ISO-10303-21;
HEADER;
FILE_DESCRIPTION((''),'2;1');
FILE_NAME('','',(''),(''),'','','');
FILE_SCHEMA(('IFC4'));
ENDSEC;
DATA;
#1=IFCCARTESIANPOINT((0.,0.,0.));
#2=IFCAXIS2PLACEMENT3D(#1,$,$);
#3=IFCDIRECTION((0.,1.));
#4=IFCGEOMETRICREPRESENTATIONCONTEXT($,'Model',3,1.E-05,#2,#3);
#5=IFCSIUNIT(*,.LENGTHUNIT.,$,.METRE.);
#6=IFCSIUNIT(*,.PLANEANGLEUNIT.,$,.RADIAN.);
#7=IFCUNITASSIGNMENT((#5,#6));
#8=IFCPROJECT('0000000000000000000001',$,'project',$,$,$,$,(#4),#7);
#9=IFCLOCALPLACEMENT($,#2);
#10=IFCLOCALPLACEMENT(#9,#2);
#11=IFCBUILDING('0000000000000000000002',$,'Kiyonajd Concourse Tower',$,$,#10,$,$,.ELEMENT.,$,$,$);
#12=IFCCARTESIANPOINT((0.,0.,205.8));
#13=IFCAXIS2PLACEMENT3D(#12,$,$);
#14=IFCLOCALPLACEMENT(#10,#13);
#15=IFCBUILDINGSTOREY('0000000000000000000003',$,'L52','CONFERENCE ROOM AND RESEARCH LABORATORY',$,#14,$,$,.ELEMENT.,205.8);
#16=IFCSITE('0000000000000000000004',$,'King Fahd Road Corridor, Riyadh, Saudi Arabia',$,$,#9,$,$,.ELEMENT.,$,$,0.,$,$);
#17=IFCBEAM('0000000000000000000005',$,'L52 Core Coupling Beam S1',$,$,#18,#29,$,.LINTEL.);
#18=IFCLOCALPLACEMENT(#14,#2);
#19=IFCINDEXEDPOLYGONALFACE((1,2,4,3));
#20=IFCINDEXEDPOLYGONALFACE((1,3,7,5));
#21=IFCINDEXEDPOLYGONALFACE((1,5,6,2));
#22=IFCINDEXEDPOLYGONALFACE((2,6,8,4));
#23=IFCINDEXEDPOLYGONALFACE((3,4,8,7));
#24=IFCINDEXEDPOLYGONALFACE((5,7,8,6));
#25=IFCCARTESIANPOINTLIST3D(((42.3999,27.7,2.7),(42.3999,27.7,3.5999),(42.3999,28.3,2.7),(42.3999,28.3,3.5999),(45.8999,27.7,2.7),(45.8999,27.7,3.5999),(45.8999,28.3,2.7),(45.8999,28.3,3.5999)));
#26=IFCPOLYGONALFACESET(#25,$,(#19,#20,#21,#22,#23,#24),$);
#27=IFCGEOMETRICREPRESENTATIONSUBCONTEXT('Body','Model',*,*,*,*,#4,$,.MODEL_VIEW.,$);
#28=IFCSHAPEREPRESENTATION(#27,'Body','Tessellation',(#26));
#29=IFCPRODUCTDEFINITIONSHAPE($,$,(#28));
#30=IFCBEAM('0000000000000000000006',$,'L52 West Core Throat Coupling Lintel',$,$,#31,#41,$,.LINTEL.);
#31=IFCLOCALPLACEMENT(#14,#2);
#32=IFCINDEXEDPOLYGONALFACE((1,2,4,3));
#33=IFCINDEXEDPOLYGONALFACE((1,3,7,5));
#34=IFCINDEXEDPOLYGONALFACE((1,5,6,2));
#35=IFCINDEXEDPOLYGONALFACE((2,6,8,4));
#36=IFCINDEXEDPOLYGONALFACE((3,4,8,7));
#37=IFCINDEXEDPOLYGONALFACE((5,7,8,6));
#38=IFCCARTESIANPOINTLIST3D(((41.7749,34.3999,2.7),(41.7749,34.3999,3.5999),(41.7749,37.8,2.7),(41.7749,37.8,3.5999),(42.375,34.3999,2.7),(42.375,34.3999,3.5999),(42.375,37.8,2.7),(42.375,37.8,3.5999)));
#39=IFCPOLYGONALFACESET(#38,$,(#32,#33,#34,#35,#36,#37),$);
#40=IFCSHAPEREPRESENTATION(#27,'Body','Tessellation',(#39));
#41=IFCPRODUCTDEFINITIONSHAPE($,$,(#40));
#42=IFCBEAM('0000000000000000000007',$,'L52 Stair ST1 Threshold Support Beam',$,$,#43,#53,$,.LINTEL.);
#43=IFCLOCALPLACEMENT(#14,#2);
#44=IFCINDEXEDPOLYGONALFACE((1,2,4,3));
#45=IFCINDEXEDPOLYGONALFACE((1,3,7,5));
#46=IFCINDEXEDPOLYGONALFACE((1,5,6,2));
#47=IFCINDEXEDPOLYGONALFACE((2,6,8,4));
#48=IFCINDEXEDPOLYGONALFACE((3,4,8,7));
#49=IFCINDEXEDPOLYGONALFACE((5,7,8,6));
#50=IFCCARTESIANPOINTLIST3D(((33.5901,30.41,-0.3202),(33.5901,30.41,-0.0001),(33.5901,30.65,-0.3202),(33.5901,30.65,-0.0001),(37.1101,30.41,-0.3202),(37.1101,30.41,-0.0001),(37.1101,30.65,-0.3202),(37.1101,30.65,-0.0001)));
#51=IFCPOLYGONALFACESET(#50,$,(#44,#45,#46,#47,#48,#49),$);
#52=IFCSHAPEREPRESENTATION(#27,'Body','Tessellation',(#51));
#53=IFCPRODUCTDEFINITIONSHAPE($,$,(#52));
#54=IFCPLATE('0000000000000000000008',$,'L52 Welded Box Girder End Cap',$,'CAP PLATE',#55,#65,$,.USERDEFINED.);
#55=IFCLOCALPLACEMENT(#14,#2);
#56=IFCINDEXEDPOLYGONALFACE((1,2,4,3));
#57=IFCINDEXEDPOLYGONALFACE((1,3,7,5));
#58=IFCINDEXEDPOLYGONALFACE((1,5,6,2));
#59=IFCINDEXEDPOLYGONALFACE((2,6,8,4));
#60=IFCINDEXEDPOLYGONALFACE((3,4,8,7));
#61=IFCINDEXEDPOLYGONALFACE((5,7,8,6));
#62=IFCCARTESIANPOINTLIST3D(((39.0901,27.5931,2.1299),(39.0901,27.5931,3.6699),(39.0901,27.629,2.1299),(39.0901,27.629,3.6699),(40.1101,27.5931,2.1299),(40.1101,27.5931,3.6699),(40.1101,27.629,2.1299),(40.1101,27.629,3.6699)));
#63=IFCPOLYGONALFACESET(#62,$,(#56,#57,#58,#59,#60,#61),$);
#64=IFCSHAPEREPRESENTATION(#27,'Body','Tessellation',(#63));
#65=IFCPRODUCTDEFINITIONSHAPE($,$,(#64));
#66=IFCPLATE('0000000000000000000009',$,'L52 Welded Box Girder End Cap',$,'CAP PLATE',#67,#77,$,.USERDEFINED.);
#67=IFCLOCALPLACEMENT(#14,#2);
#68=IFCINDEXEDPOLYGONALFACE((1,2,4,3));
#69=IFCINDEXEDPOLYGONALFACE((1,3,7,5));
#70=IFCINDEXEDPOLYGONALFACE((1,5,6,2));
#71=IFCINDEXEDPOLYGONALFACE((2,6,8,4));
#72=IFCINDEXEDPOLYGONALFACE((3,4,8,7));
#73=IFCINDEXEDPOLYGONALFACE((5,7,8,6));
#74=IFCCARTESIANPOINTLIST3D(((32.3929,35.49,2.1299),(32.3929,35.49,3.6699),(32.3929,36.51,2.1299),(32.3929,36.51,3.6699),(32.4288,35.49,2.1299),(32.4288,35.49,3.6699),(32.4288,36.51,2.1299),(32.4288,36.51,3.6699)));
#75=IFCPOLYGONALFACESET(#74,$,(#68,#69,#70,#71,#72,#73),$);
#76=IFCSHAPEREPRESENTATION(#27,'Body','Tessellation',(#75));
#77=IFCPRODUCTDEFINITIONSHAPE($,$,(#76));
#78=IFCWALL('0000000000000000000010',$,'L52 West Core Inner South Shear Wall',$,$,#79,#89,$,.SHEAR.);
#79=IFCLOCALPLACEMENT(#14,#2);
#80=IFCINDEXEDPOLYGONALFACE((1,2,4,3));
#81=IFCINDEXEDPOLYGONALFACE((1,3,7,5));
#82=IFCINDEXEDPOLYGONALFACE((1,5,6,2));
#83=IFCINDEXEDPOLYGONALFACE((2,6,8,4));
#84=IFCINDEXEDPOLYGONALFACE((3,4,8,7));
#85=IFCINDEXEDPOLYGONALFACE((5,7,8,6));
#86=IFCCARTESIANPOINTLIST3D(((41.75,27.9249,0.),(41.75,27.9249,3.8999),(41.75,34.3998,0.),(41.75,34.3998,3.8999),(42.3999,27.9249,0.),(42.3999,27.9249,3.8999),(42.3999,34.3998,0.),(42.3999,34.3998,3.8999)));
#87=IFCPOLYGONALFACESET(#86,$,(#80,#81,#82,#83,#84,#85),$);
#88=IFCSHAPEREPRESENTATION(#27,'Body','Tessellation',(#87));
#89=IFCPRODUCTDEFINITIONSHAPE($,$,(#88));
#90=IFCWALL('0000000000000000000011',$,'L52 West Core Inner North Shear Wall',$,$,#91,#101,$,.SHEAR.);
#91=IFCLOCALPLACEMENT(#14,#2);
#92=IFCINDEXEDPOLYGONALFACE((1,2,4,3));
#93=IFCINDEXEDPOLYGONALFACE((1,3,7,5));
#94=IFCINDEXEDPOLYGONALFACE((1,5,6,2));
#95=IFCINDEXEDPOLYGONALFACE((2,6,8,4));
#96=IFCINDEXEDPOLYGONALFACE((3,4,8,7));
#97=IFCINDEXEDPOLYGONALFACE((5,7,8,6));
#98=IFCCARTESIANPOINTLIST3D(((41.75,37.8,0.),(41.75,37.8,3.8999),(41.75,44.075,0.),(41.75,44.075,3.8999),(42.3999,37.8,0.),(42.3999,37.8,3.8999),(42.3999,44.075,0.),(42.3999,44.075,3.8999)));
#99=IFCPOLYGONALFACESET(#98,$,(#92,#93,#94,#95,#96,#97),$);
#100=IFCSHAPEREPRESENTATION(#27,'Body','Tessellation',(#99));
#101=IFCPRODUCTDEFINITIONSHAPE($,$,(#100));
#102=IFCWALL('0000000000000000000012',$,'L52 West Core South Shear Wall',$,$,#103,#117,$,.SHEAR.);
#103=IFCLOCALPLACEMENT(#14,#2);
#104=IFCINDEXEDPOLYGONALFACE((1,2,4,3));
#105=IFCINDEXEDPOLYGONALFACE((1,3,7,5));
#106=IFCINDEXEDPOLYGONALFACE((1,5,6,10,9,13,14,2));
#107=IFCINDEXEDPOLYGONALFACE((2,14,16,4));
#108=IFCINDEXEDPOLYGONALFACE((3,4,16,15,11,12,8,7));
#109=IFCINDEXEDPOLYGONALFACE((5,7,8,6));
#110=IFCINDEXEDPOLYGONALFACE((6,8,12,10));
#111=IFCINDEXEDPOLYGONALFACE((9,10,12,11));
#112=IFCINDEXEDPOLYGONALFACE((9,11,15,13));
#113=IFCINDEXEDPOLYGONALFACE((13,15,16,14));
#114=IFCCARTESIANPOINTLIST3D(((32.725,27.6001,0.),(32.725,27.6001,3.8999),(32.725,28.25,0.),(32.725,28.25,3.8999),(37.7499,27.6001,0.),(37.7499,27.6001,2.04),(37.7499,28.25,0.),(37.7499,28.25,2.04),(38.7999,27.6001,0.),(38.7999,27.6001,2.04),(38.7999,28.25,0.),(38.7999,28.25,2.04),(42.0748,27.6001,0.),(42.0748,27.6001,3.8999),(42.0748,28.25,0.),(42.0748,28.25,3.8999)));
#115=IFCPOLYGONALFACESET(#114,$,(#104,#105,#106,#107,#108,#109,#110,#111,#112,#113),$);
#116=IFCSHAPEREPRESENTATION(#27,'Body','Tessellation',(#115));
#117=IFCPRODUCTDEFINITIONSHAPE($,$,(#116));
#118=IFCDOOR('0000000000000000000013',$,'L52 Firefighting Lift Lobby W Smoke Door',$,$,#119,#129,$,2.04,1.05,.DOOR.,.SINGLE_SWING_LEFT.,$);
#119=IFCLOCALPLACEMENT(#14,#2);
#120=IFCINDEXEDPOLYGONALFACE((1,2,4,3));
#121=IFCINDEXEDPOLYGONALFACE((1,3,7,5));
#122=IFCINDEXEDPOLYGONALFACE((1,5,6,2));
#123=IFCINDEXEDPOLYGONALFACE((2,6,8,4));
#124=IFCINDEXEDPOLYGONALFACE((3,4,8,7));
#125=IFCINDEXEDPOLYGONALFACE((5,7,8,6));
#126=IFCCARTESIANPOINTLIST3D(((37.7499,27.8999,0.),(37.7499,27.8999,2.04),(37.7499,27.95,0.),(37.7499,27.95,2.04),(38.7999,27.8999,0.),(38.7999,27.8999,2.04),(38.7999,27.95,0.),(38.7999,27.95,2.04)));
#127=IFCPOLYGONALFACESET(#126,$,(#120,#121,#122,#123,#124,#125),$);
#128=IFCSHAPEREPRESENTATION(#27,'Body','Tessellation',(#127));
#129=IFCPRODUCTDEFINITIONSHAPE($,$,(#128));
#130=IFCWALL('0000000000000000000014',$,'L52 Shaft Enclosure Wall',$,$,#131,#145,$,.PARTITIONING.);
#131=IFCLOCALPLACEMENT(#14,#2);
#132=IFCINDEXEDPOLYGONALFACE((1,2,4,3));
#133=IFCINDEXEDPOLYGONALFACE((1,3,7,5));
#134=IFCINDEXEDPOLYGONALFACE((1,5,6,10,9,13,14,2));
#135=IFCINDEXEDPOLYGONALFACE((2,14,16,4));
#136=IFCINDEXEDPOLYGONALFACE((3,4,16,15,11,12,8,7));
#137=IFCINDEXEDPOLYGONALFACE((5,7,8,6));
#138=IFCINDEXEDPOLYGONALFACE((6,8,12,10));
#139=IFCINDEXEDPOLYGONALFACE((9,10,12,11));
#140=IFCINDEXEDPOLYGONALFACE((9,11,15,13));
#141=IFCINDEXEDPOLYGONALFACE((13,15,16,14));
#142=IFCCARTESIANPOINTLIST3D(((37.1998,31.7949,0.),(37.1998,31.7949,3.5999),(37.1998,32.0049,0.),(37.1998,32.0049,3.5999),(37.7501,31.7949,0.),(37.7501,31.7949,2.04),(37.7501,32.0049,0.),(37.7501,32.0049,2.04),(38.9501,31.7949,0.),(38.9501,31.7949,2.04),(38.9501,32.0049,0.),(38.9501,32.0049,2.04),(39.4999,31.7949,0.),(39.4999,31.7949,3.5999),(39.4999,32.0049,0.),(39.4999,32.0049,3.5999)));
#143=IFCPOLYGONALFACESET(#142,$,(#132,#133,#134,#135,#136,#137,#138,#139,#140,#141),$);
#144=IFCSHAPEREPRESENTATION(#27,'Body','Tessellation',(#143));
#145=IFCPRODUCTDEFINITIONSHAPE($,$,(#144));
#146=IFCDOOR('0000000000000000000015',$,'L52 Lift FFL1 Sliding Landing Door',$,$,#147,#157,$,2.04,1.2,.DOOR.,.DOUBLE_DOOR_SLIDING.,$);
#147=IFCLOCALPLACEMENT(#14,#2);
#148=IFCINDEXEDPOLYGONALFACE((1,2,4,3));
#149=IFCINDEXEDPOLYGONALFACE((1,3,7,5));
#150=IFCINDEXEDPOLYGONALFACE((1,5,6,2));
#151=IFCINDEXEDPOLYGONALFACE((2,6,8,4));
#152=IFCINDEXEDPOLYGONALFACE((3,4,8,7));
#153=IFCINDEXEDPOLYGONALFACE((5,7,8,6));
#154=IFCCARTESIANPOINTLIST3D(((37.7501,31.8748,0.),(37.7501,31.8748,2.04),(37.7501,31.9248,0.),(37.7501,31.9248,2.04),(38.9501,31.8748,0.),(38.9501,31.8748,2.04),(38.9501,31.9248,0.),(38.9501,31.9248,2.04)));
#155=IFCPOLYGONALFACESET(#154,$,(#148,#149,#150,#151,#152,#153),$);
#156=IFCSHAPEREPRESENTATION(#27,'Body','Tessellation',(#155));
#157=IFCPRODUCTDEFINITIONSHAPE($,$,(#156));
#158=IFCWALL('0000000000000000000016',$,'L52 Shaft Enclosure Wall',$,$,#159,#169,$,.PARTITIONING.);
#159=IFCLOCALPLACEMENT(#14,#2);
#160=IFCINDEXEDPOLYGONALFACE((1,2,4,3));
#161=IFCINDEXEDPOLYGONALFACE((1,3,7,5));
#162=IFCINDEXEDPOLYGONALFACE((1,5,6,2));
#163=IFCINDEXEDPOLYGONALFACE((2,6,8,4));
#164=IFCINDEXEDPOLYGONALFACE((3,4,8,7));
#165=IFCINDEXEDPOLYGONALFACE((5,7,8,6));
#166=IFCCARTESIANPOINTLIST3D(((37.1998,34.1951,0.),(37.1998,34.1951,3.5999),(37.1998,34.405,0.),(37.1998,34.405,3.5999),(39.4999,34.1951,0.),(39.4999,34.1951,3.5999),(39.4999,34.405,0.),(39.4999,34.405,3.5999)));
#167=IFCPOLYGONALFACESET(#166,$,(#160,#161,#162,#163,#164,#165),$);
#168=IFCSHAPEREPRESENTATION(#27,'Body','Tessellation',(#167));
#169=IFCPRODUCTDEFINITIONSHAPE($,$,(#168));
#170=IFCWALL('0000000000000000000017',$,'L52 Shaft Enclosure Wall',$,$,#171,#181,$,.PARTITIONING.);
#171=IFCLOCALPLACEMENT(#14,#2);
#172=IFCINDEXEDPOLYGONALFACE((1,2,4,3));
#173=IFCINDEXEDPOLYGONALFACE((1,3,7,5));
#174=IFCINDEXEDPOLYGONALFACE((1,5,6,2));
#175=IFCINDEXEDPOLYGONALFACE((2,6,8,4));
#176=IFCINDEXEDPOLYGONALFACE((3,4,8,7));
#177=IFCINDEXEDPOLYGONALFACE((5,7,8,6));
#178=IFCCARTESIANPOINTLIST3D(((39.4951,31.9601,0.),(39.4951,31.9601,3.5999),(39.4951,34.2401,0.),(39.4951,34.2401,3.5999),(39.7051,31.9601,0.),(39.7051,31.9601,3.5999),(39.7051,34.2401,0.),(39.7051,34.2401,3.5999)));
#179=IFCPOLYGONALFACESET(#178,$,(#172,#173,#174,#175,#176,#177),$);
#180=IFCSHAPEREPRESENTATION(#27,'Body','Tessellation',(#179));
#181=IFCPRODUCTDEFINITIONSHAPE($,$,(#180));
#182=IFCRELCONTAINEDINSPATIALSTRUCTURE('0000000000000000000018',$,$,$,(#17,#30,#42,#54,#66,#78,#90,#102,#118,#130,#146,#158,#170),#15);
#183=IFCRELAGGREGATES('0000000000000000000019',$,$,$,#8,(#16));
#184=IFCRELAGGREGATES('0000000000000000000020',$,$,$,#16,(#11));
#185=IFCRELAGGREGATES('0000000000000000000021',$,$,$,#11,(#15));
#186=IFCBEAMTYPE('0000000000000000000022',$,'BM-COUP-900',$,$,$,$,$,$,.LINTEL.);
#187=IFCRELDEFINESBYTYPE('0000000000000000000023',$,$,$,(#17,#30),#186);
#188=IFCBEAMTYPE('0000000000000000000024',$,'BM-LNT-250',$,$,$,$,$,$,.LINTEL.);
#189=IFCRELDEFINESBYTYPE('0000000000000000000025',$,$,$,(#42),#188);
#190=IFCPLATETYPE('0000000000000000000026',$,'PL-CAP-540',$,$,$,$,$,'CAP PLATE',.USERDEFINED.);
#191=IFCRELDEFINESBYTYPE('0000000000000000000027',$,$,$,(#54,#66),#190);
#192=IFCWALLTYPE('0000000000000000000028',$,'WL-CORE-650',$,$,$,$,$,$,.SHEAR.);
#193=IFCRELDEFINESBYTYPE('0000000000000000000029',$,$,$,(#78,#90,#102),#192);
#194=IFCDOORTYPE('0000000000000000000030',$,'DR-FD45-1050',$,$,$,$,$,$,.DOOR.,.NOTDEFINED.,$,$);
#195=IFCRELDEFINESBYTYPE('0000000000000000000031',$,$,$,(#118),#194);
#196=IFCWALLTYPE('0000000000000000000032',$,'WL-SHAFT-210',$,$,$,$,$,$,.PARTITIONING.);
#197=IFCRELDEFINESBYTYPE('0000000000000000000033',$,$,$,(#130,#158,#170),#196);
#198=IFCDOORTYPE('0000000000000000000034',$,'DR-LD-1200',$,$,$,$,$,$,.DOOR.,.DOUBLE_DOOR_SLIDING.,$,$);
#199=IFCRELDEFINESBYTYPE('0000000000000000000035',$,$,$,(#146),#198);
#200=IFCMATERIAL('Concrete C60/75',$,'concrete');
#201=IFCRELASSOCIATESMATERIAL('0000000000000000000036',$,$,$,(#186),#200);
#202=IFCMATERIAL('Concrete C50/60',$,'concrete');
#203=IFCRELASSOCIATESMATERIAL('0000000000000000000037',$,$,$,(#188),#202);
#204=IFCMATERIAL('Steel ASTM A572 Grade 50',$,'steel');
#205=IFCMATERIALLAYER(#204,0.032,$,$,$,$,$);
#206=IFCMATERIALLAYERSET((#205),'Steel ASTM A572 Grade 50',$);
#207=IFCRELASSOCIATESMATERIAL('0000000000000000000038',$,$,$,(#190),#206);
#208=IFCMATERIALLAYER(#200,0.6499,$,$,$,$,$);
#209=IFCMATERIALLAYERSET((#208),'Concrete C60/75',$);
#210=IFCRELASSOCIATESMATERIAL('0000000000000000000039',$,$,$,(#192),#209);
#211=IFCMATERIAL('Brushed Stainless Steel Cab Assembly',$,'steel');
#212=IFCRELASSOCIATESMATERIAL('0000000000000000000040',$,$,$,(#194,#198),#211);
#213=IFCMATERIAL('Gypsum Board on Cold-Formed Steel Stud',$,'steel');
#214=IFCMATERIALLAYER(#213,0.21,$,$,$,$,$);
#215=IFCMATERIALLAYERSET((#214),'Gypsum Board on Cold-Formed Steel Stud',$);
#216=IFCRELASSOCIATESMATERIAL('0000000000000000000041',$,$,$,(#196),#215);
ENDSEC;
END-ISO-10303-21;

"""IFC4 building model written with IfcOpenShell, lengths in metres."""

from ifc_helpers import new_model, si_unit, direction, frame, frame_2d, origin, origin_2d, place, context, subcontext, project, spatial, rectangle, extrude, material, layer, layer_set, material_profile, profile_set, type_object, element, fill, save


model = new_model("IFC4")

# Units and contexts
model_context = context("Model", 3, precision=1e-05, world=origin(), true_north=direction((0.0, 1.0)))
body_context = subcontext(model_context, "Body", "Model", "MODEL_VIEW")
ifc_project = project(units=[si_unit("LENGTHUNIT", "METRE"), si_unit("PLANEANGLEUNIT", "RADIAN")], contexts=[model_context])

# Site, building, storey
site_placement = place(None, origin())
site = spatial("IfcSite", under=ifc_project, at=site_placement, Name="King Fahd Road Corridor, Riyadh, Saudi Arabia", CompositionType="ELEMENT", RefElevation=0.0)
building_placement = place(site_placement, origin())
building = spatial("IfcBuilding", under=site, at=building_placement, Name="Kiyonajd Concourse Tower", CompositionType="ELEMENT")
storey_placement = place(building_placement, frame((0.0, 0.0, 205.8)))
storey = spatial("IfcBuildingStorey", under=building, at=storey_placement, Name="L52", Description="CONFERENCE ROOM AND RESEARCH LABORATORY", CompositionType="ELEMENT", Elevation=205.8)

# Beams
ifc_material_1 = material(Name="Concrete C60/75", Category="concrete")
ifc_material_profile_1 = material_profile(ifc_material_1, rectangle(XDim=0.6001, YDim=0.8999, at=origin_2d()), Name="RCBM-600x900")
ifc_profile_set_1 = profile_set([ifc_material_profile_1], Name="Concrete C60/75")
beam_type_1 = type_object("IfcBeamType", Name="BM-COUP-900", PredefinedType="LINTEL", material=ifc_profile_set_1)
beam_1_placement = place(storey_placement, frame((42.3999, 28.0, 3.1499), z_axis=(1.0, 0.0, 0.0), x_axis=(0.0, 1.0, 0.0)))
element("IfcBeam", 1, at=beam_1_placement, inside=storey, type_object=beam_type_1, Name="L52 Core Coupling Beam S1", PredefinedType="LINTEL", context=body_context, shape_type="SweptSolid", body=[
    extrude(rectangle(XDim=0.6001, YDim=0.8999, at=origin_2d()), origin(), (0.0, 0.0, 1.0), 3.5),
])
beam_2_placement = place(storey_placement, frame((42.075, 34.3999, 3.1499), z_axis=(0.0, 1.0, 0.0), x_axis=(-1.0, 0.0, 0.0)))
element("IfcBeam", 2, at=beam_2_placement, inside=storey, type_object=beam_type_1, Name="L52 West Core Throat Coupling Lintel", PredefinedType="LINTEL", context=body_context, shape_type="SweptSolid", body=[
    extrude(rectangle(XDim=0.6001, YDim=0.8999, at=origin_2d()), origin(), (0.0, 0.0, 1.0), 3.4001),
])
ifc_material_2 = material(Name="Concrete C50/60", Category="concrete")
ifc_material_profile_2 = material_profile(ifc_material_2, rectangle(XDim=0.24, YDim=0.3201, at=origin_2d()), Name="RCBM-240x320")
ifc_profile_set_2 = profile_set([ifc_material_profile_2], Name="Concrete C50/60")
beam_type_2 = type_object("IfcBeamType", Name="BM-LNT-250", PredefinedType="LINTEL", material=ifc_profile_set_2)
beam_3_placement = place(storey_placement, frame((33.5901, 30.53, -0.1602), z_axis=(1.0, 0.0, 0.0), x_axis=(0.0, 1.0, 0.0)))
element("IfcBeam", 3, at=beam_3_placement, inside=storey, type_object=beam_type_2, Name="L52 Stair ST1 Threshold Support Beam", PredefinedType="LINTEL", context=body_context, shape_type="SweptSolid", body=[
    extrude(rectangle(XDim=0.24, YDim=0.3201, at=origin_2d()), origin(), (0.0, 0.0, 1.0), 3.52),
])

# Plates
ifc_material_3 = material(Name="Steel ASTM A572 Grade 50", Category="steel")
ifc_layer_1 = layer(ifc_material_3, 0.032)
ifc_layer_set_1 = layer_set([ifc_layer_1], Name="Steel ASTM A572 Grade 50")
plate_type = type_object("IfcPlateType", Name="PL-CAP-540", ElementType="CAP PLATE", PredefinedType="USERDEFINED", material=ifc_layer_set_1)
for number, where, z_axis, x_axis, name in (
    (4, (39.6001, 27.6111, 2.1299), (0.0, 0.0, 1.0), (0.0, 1.0, 0.0), "L52 Welded Box Girder End Cap"),
    (5, (32.4109, 36.0, 2.1299), (0.0, 0.0, 1.0), (1.0, 0.0, 0.0), "L52 Welded Box Girder End Cap"),
):
    element("IfcPlate", number, at=place(storey_placement, frame(where, z_axis=z_axis, x_axis=x_axis)), inside=storey, type_object=plate_type, Name=name, ObjectType="CAP PLATE", PredefinedType="USERDEFINED", context=body_context, shape_type="SweptSolid", body=[
        extrude(rectangle(XDim=0.0359, YDim=1.02, at=origin_2d()), origin(), (0.0, 0.0, 1.0), 1.54),
    ])

# Walls
ifc_layer_2 = layer(ifc_material_1, 0.6499)
ifc_layer_set_2 = layer_set([ifc_layer_2], Name="Concrete C60/75")
wall_type_1 = type_object("IfcWallType", Name="WL-CORE-650", PredefinedType="SHEAR", material=ifc_layer_set_2)
wall_1_placement = place(storey_placement, frame((42.075, 27.925, 0.0), z_axis=(0.0, 0.0, 1.0), x_axis=(0.0, 1.0, 0.0)))
element("IfcWall", 6, at=wall_1_placement, inside=storey, type_object=wall_type_1, Name="L52 West Core Inner South Shear Wall", PredefinedType="SHEAR", context=body_context, shape_type="SweptSolid", body=[
    extrude(rectangle(XDim=6.4749, YDim=0.6499, at=frame_2d((3.2373, 0.0))), origin(), (0.0, 0.0, 1.0), 3.8999),
])
wall_2_placement = place(storey_placement, frame((42.075, 37.8, 0.0), z_axis=(0.0, 0.0, 1.0), x_axis=(0.0, 1.0, 0.0)))
element("IfcWall", 7, at=wall_2_placement, inside=storey, type_object=wall_type_1, Name="L52 West Core Inner North Shear Wall", PredefinedType="SHEAR", context=body_context, shape_type="SweptSolid", body=[
    extrude(rectangle(XDim=6.2749, YDim=0.6499, at=frame_2d((3.1375, 0.0))), origin(), (0.0, 0.0, 1.0), 3.8999),
])

# Walls, openings, doors
wall_3_placement = place(storey_placement, frame((32.7251, 27.925, 0.0), z_axis=(0.0, 0.0, 1.0), x_axis=(1.0, 0.0, 0.0)))
wall_3 = element("IfcWall", 8, at=wall_3_placement, inside=storey, type_object=wall_type_1, Name="L52 West Core South Shear Wall", PredefinedType="SHEAR", context=body_context, shape_type="SweptSolid", body=[
    extrude(rectangle(XDim=9.3499, YDim=0.6499, at=frame_2d((4.6748, 0.0))), origin(), (0.0, 0.0, 1.0), 3.8999),
])
opening_1_placement = place(wall_3_placement, frame((5.0249, 0.0, 0.0)))
opening_1 = element("IfcOpeningElement", 9, at=opening_1_placement, cuts=wall_3, PredefinedType="OPENING", context=body_context, shape_type="SweptSolid", body=[
    extrude(rectangle(XDim=1.05, YDim=2.04, at=frame_2d((0.5249, 1.02))), frame((0.0, 0.335, 0.0), z_axis=(0.0, -1.0, 0.0), x_axis=(1.0, 0.0, 0.0)), (0.0, 0.0, 1.0), 0.6699),
])
ifc_material_4 = material(Name="Brushed Stainless Steel Cab Assembly", Category="steel")
door_type_1 = type_object("IfcDoorType", Name="DR-FD45-1050", OperationType="NOTDEFINED", PredefinedType="DOOR", material=ifc_material_4)
door_1_placement = place(opening_1_placement, origin())
door_1 = element("IfcDoor", 10, at=door_1_placement, inside=storey, type_object=door_type_1, Name="L52 Firefighting Lift Lobby W Smoke Door", OperationType="SINGLE_SWING_LEFT", OverallHeight=2.04, OverallWidth=1.05, PredefinedType="DOOR", context=body_context, shape_type="SweptSolid", body=[
    extrude(rectangle(XDim=1.05, YDim=2.04, at=frame_2d((0.5249, 1.02))), frame((0.0, 0.0249, 0.0), z_axis=(0.0, -1.0, 0.0), x_axis=(1.0, 0.0, 0.0)), (0.0, 0.0, 1.0), 0.05),
])
fill(opening_1, door_1)
ifc_material_5 = material(Name="Gypsum Board on Cold-Formed Steel Stud", Category="steel")
ifc_layer_3 = layer(ifc_material_5, 0.21)
ifc_layer_set_3 = layer_set([ifc_layer_3], Name="Gypsum Board on Cold-Formed Steel Stud")
wall_type_2 = type_object("IfcWallType", Name="WL-SHAFT-210", PredefinedType="PARTITIONING", material=ifc_layer_set_3)
wall_4_placement = place(storey_placement, frame((37.2, 31.8999, 0.0), z_axis=(0.0, 0.0, 1.0), x_axis=(1.0, 0.0, 0.0)))
wall_4 = element("IfcWall", 11, at=wall_4_placement, inside=storey, type_object=wall_type_2, Name="L52 Shaft Enclosure Wall", PredefinedType="PARTITIONING", context=body_context, shape_type="SweptSolid", body=[
    extrude(rectangle(XDim=2.3, YDim=0.21, at=frame_2d((1.1499, 0.0))), origin(), (0.0, 0.0, 1.0), 3.5999),
])
opening_2_placement = place(wall_4_placement, frame((0.55, 0.0, 0.0)))
opening_2 = element("IfcOpeningElement", 12, at=opening_2_placement, cuts=wall_4, PredefinedType="OPENING", context=body_context, shape_type="SweptSolid", body=[
    extrude(rectangle(XDim=1.2, YDim=2.04, at=frame_2d((0.6001, 1.02))), frame((0.0, 0.115, 0.0), z_axis=(0.0, -1.0, 0.0), x_axis=(1.0, 0.0, 0.0)), (0.0, 0.0, 1.0), 0.23),
])
door_type_2 = type_object("IfcDoorType", Name="DR-LD-1200", OperationType="DOUBLE_DOOR_SLIDING", PredefinedType="DOOR", material=ifc_material_4)
door_2_placement = place(opening_2_placement, origin())
door_2 = element("IfcDoor", 13, at=door_2_placement, inside=storey, type_object=door_type_2, Name="L52 Lift FFL1 Sliding Landing Door", OperationType="DOUBLE_DOOR_SLIDING", OverallHeight=2.04, OverallWidth=1.2, PredefinedType="DOOR", context=body_context, shape_type="SweptSolid", body=[
    extrude(rectangle(XDim=1.2, YDim=2.04, at=frame_2d((0.6001, 1.02))), frame((0.0, 0.0249, 0.0), z_axis=(0.0, -1.0, 0.0), x_axis=(1.0, 0.0, 0.0)), (0.0, 0.0, 1.0), 0.05),
])
fill(opening_2, door_2)

# Walls
wall_5_placement = place(storey_placement, frame((37.2, 34.3, 0.0), z_axis=(0.0, 0.0, 1.0), x_axis=(1.0, 0.0, 0.0)))
element("IfcWall", 14, at=wall_5_placement, inside=storey, type_object=wall_type_2, Name="L52 Shaft Enclosure Wall", PredefinedType="PARTITIONING", context=body_context, shape_type="SweptSolid", body=[
    extrude(rectangle(XDim=2.3, YDim=0.21, at=frame_2d((1.1499, 0.0))), origin(), (0.0, 0.0, 1.0), 3.5999),
])
wall_6_placement = place(storey_placement, frame((39.6001, 31.96, 0.0), z_axis=(0.0, 0.0, 1.0), x_axis=(0.0, 1.0, 0.0)))
element("IfcWall", 15, at=wall_6_placement, inside=storey, type_object=wall_type_2, Name="L52 Shaft Enclosure Wall", PredefinedType="PARTITIONING", context=body_context, shape_type="SweptSolid", body=[
    extrude(rectangle(XDim=2.28, YDim=0.21, at=frame_2d((1.1401, 0.0))), origin(), (0.0, 0.0, 1.0), 3.5999),
])

save(model, "model.ifc")
